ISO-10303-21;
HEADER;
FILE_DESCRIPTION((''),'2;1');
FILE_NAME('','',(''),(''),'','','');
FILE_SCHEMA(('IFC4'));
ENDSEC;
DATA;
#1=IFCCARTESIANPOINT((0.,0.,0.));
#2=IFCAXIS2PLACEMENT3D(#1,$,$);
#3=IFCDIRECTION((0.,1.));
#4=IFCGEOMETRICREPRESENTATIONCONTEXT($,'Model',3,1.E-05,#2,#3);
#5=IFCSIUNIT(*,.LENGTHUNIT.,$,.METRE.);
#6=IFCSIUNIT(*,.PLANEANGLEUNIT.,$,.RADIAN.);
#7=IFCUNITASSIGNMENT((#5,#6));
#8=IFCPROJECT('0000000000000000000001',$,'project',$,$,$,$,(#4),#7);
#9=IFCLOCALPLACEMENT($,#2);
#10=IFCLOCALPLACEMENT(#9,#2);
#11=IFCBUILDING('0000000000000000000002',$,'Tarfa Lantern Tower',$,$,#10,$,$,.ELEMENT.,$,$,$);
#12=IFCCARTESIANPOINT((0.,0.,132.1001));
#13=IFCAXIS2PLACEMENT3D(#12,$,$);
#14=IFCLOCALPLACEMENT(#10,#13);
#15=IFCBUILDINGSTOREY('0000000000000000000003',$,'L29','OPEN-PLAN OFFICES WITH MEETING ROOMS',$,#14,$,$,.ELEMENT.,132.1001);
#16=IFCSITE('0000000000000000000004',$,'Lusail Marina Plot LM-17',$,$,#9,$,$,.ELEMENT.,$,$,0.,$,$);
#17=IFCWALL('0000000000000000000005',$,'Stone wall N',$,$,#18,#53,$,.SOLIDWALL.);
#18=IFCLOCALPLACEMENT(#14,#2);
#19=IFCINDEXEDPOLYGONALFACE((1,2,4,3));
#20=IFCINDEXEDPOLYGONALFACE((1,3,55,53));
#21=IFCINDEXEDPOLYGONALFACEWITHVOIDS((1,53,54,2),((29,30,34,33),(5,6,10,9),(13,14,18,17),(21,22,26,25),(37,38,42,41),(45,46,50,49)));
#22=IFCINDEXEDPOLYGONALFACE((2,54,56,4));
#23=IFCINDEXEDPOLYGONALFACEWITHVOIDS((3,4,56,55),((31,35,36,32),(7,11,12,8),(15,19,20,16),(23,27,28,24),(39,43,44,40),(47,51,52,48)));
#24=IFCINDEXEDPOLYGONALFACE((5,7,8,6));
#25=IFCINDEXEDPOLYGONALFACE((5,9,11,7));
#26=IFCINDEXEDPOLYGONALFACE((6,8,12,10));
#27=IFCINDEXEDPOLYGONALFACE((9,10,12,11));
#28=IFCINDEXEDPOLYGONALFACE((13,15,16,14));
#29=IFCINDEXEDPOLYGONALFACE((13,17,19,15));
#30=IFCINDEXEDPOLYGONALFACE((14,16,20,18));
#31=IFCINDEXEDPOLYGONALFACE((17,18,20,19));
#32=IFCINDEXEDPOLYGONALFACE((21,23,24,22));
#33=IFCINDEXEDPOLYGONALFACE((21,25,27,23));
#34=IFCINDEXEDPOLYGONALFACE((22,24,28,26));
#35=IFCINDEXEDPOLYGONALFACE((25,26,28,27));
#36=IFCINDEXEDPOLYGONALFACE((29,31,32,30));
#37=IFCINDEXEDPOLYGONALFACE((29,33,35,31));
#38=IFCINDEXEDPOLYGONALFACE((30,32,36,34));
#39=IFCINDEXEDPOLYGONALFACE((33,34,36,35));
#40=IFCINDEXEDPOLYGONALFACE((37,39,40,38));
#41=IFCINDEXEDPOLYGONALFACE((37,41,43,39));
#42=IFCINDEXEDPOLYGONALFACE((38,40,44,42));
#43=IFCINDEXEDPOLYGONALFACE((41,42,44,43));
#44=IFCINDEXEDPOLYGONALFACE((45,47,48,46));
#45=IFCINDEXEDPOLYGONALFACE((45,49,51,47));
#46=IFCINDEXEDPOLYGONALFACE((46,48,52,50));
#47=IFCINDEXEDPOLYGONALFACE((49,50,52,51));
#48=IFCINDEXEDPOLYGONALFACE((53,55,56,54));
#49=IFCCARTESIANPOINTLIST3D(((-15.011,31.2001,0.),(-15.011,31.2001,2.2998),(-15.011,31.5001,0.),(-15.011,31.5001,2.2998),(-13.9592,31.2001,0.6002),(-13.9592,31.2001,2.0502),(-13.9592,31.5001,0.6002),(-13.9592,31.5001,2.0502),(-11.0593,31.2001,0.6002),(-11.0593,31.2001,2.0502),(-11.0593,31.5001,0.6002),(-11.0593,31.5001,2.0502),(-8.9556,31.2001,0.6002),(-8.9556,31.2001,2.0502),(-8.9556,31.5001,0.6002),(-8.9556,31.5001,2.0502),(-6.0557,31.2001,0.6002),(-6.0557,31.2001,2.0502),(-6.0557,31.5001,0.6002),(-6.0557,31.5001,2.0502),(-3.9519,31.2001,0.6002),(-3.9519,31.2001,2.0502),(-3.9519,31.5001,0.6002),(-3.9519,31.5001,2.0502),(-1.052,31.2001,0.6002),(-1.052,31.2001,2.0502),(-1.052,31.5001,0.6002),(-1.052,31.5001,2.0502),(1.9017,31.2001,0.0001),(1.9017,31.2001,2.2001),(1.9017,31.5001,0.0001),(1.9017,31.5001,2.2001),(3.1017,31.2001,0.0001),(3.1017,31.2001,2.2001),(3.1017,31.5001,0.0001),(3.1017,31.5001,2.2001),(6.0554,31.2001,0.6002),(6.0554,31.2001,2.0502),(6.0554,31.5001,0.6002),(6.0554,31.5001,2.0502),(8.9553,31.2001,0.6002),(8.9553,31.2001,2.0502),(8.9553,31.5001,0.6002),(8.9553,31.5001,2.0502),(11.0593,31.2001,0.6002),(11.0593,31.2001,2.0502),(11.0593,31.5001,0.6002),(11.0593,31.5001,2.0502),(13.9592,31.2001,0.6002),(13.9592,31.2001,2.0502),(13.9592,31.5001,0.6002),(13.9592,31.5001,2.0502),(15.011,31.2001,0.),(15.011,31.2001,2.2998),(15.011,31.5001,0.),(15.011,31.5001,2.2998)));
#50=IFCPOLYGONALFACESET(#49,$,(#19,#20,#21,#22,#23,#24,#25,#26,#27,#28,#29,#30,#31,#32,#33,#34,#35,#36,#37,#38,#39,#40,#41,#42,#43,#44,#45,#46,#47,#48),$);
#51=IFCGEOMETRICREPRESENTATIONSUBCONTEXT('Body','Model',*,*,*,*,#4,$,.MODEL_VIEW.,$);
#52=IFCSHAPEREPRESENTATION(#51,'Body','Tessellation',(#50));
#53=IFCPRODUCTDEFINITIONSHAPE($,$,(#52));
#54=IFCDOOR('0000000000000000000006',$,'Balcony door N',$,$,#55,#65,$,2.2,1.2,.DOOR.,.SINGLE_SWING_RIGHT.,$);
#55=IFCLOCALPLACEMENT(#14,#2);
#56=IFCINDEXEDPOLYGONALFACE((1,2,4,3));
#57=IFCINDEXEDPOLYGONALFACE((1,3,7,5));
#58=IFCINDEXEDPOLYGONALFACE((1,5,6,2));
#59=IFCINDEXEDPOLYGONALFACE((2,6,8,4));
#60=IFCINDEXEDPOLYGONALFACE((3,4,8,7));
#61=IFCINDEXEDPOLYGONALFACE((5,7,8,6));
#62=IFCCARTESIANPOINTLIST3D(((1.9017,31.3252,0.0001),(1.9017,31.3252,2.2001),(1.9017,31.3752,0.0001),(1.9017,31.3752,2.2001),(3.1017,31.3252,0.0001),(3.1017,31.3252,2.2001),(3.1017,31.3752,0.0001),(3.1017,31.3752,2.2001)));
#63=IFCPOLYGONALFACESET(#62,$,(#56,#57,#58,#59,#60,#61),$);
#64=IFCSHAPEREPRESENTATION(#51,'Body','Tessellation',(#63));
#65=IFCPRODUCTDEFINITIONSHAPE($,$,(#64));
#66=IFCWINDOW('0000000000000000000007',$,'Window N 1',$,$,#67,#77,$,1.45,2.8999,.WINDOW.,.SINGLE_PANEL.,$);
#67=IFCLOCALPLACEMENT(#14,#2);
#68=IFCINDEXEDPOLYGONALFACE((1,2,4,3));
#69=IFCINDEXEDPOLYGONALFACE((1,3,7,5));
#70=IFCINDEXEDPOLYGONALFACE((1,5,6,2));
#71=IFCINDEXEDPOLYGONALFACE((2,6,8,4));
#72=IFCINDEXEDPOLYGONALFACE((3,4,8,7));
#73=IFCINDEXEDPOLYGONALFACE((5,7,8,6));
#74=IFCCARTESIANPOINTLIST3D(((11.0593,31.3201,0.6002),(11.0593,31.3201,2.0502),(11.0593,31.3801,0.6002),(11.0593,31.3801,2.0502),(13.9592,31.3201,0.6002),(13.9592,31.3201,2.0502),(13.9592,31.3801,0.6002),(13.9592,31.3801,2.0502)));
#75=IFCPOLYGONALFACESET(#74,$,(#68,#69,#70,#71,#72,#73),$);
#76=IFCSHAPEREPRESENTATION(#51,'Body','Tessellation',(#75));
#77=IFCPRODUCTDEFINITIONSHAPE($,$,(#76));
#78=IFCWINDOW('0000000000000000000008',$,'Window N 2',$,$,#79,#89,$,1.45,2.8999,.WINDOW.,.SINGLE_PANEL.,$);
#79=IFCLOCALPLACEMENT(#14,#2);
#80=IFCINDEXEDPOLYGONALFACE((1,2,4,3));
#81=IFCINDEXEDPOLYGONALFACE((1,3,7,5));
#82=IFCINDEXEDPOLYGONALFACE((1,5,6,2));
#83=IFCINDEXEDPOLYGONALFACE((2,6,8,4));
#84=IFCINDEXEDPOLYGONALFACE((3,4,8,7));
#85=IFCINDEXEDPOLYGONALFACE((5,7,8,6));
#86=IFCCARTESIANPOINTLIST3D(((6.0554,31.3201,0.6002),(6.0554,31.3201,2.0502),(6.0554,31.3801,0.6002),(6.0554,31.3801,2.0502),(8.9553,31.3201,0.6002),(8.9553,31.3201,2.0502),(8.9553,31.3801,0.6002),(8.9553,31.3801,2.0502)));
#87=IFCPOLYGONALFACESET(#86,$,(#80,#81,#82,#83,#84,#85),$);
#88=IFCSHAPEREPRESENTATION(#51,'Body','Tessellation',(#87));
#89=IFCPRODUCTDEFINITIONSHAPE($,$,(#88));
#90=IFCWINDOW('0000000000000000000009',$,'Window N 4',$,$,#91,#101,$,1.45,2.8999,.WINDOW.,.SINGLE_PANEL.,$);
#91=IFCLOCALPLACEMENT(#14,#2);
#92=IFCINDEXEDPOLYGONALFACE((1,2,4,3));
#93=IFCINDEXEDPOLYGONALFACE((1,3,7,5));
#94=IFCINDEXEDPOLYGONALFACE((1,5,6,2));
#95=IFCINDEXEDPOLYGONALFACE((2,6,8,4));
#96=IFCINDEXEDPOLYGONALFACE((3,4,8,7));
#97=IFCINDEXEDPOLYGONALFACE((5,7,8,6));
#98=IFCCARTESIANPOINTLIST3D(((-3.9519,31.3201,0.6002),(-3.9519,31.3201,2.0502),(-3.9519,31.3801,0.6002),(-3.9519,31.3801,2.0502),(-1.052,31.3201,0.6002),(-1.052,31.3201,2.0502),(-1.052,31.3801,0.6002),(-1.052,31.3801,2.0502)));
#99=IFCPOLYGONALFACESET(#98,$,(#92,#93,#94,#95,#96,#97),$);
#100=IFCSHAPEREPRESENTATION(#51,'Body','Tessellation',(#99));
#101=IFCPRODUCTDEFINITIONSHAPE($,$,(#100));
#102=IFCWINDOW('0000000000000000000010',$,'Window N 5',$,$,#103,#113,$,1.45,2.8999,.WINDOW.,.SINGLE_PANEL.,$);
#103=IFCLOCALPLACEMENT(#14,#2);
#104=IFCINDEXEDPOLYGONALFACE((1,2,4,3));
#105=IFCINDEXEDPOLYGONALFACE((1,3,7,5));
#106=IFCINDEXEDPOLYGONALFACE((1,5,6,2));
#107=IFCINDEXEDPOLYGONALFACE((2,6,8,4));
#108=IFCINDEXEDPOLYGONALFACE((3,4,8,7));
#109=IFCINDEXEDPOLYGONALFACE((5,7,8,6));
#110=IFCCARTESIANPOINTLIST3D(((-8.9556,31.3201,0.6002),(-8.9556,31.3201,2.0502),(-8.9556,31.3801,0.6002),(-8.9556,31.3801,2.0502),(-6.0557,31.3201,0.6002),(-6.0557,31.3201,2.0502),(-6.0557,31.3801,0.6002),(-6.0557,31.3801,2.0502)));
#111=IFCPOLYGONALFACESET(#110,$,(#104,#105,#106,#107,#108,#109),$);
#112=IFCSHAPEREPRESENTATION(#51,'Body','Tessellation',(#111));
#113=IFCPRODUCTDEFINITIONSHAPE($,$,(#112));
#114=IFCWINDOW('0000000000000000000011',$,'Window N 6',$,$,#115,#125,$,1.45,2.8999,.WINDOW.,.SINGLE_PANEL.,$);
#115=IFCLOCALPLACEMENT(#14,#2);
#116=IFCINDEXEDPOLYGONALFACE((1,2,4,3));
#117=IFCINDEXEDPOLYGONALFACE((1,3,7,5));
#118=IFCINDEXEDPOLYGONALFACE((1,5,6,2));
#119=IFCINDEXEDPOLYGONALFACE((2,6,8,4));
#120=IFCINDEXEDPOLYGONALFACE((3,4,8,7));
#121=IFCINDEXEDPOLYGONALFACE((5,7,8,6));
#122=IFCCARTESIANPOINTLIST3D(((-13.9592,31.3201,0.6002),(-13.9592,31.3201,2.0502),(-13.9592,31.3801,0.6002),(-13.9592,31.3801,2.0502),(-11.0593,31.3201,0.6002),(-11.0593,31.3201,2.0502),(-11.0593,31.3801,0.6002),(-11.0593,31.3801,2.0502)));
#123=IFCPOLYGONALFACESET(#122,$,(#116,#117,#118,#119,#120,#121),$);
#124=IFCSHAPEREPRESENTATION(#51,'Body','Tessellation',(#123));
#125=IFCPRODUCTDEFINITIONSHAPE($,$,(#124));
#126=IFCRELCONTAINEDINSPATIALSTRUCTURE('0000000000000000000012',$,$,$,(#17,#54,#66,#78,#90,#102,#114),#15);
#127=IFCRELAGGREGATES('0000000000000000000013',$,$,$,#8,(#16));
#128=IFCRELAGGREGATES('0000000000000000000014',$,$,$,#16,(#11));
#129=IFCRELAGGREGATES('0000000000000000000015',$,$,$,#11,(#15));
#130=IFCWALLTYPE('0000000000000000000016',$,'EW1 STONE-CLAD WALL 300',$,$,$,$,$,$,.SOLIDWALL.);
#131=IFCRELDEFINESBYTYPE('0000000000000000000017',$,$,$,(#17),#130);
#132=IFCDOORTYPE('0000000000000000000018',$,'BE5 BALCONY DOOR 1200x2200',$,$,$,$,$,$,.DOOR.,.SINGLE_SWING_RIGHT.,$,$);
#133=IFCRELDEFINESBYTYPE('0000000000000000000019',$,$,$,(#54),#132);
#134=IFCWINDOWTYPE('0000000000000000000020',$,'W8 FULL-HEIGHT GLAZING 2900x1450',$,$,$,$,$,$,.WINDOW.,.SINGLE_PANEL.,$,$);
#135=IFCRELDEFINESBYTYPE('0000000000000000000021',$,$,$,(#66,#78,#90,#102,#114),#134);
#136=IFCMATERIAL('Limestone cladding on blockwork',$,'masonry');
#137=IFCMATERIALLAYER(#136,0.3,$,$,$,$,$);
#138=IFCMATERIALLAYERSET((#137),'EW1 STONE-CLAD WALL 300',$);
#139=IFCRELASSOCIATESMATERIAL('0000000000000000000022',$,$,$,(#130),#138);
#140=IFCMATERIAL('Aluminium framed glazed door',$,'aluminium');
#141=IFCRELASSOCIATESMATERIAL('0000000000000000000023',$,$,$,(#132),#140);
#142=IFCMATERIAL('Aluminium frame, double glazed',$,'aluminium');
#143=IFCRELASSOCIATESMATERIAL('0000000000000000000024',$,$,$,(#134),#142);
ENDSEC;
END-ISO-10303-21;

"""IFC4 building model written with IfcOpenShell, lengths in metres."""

from ifc_helpers import new_model, si_unit, direction, frame, frame_2d, origin, place, context, subcontext, project, spatial, rectangle, extrude, material, layer, layer_set, type_object, element, fill, save


model = new_model("IFC4")

# Units and contexts
model_context = context("Model", 3, precision=1e-05, world=origin(), true_north=direction((0.0, 1.0)))
body_context = subcontext(model_context, "Body", "Model", "MODEL_VIEW")
ifc_project = project(units=[si_unit("LENGTHUNIT", "METRE"), si_unit("PLANEANGLEUNIT", "RADIAN")], contexts=[model_context])

# Site, building, storey
site_placement = place(None, origin())
site = spatial("IfcSite", under=ifc_project, at=site_placement, Name="Lusail Marina Plot LM-17", CompositionType="ELEMENT", RefElevation=0.0)
building_placement = place(site_placement, origin())
building = spatial("IfcBuilding", under=site, at=building_placement, Name="Tarfa Lantern Tower", CompositionType="ELEMENT")
storey_placement = place(building_placement, frame((0.0, 0.0, 132.1001)))
storey = spatial("IfcBuildingStorey", under=building, at=storey_placement, Name="L29", Description="OPEN-PLAN OFFICES WITH MEETING ROOMS", CompositionType="ELEMENT", Elevation=132.1001)

# Wall, openings, door, windows
ifc_material_1 = material(Name="Limestone cladding on blockwork", Category="masonry")
ifc_layer_1 = layer(ifc_material_1, 0.3)
ifc_layer_set_1 = layer_set([ifc_layer_1], Name="EW1 STONE-CLAD WALL 300")
wall_type = type_object("IfcWallType", Name="EW1 STONE-CLAD WALL 300", PredefinedType="SOLIDWALL", material=ifc_layer_set_1)
wall_placement = place(storey_placement, frame((15.011, 31.3501, 0.0), z_axis=(0.0, 0.0, 1.0), x_axis=(-1.0, 0.0, 0.0)))
wall = element("IfcWall", 1, at=wall_placement, inside=storey, type_object=wall_type, Name="Stone wall N", PredefinedType="SOLIDWALL", context=body_context, shape_type="SweptSolid", body=[
    extrude(rectangle(XDim=30.022, YDim=0.3, at=frame_2d((15.011, 0.0))), origin(), (0.0, 0.0, 1.0), 2.2998),
])
opening_1_placement = place(wall_placement, frame((1.0518, 0.0, 0.6001)))
opening_1 = element("IfcOpeningElement", 2, at=opening_1_placement, cuts=wall, PredefinedType="OPENING", context=body_context, shape_type="SweptSolid", body=[
    extrude(rectangle(XDim=2.8999, YDim=1.45, at=frame_2d((1.45, 0.7251))), frame((0.0, 0.1599, 0.0), z_axis=(0.0, -1.0, 0.0), x_axis=(1.0, 0.0, 0.0)), (0.0, 0.0, 1.0), 0.3201),
])
opening_2_placement = place(wall_placement, frame((6.0557, 0.0, 0.6001)))
opening_2 = element("IfcOpeningElement", 3, at=opening_2_placement, cuts=wall, PredefinedType="OPENING", context=body_context, shape_type="SweptSolid", body=[
    extrude(rectangle(XDim=2.8999, YDim=1.45, at=frame_2d((1.45, 0.7251))), frame((0.0, 0.1599, 0.0), z_axis=(0.0, -1.0, 0.0), x_axis=(1.0, 0.0, 0.0)), (0.0, 0.0, 1.0), 0.3201),
])
opening_3_placement = place(wall_placement, frame((11.9092, 0.0, 0.0)))
opening_3 = element("IfcOpeningElement", 4, at=opening_3_placement, cuts=wall, PredefinedType="OPENING", context=body_context, shape_type="SweptSolid", body=[
    extrude(rectangle(XDim=1.2, YDim=2.2, at=frame_2d((0.6001, 1.1001))), frame((0.0, 0.1599, 0.0), z_axis=(0.0, -1.0, 0.0), x_axis=(1.0, 0.0, 0.0)), (0.0, 0.0, 1.0), 0.3201),
])
opening_4_placement = place(wall_placement, frame((16.063, 0.0, 0.6001)))
opening_4 = element("IfcOpeningElement", 5, at=opening_4_placement, cuts=wall, PredefinedType="OPENING", context=body_context, shape_type="SweptSolid", body=[
    extrude(rectangle(XDim=2.8999, YDim=1.45, at=frame_2d((1.45, 0.7251))), frame((0.0, 0.1599, 0.0), z_axis=(0.0, -1.0, 0.0), x_axis=(1.0, 0.0, 0.0)), (0.0, 0.0, 1.0), 0.3201),
])
opening_5_placement = place(wall_placement, frame((21.0667, 0.0, 0.6001)))
opening_5 = element("IfcOpeningElement", 6, at=opening_5_placement, cuts=wall, PredefinedType="OPENING", context=body_context, shape_type="SweptSolid", body=[
    extrude(rectangle(XDim=2.8999, YDim=1.45, at=frame_2d((1.45, 0.7251))), frame((0.0, 0.1599, 0.0), z_axis=(0.0, -1.0, 0.0), x_axis=(1.0, 0.0, 0.0)), (0.0, 0.0, 1.0), 0.3201),
])
opening_6_placement = place(wall_placement, frame((26.0703, 0.0, 0.6001)))
opening_6 = element("IfcOpeningElement", 7, at=opening_6_placement, cuts=wall, PredefinedType="OPENING", context=body_context, shape_type="SweptSolid", body=[
    extrude(rectangle(XDim=2.8999, YDim=1.45, at=frame_2d((1.45, 0.7251))), frame((0.0, 0.1599, 0.0), z_axis=(0.0, -1.0, 0.0), x_axis=(1.0, 0.0, 0.0)), (0.0, 0.0, 1.0), 0.3201),
])
ifc_material_2 = material(Name="Aluminium framed glazed door", Category="aluminium")
door_type = type_object("IfcDoorType", Name="BE5 BALCONY DOOR 1200x2200", OperationType="SINGLE_SWING_RIGHT", PredefinedType="DOOR", material=ifc_material_2)
door_placement = place(opening_3_placement, origin())
door = element("IfcDoor", 8, at=door_placement, inside=storey, type_object=door_type, Name="Balcony door N", OperationType="SINGLE_SWING_RIGHT", OverallHeight=2.2, OverallWidth=1.2, PredefinedType="DOOR", context=body_context, shape_type="SweptSolid", body=[
    extrude(rectangle(XDim=1.2, YDim=2.2, at=frame_2d((0.6001, 1.1001))), frame((0.0, 0.0249, 0.0), z_axis=(0.0, -1.0, 0.0), x_axis=(1.0, 0.0, 0.0)), (0.0, 0.0, 1.0), 0.05),
])
fill(opening_3, door)
ifc_material_3 = material(Name="Aluminium frame, double glazed", Category="aluminium")
window_type = type_object("IfcWindowType", Name="W8 FULL-HEIGHT GLAZING 2900x1450", PartitioningType="SINGLE_PANEL", PredefinedType="WINDOW", material=ifc_material_3)
window_1_placement = place(opening_1_placement, origin())
window_1 = element("IfcWindow", 9, at=window_1_placement, inside=storey, type_object=window_type, Name="Window N 1", OverallHeight=1.45, OverallWidth=2.8999, PartitioningType="SINGLE_PANEL", PredefinedType="WINDOW", context=body_context, shape_type="SweptSolid", body=[
    extrude(rectangle(XDim=2.8999, YDim=1.45, at=frame_2d((1.45, 0.7251))), frame((0.0, 0.03, 0.0), z_axis=(0.0, -1.0, 0.0), x_axis=(1.0, 0.0, 0.0)), (0.0, 0.0, 1.0), 0.0601),
])
fill(opening_1, window_1)
window_2_placement = place(opening_2_placement, origin())
window_2 = element("IfcWindow", 10, at=window_2_placement, inside=storey, type_object=window_type, Name="Window N 2", OverallHeight=1.45, OverallWidth=2.8999, PartitioningType="SINGLE_PANEL", PredefinedType="WINDOW", context=body_context, shape_type="SweptSolid", body=[
    extrude(rectangle(XDim=2.8999, YDim=1.45, at=frame_2d((1.45, 0.7251))), frame((0.0, 0.03, 0.0), z_axis=(0.0, -1.0, 0.0), x_axis=(1.0, 0.0, 0.0)), (0.0, 0.0, 1.0), 0.0601),
])
fill(opening_2, window_2)
window_3_placement = place(opening_4_placement, origin())
window_3 = element("IfcWindow", 11, at=window_3_placement, inside=storey, type_object=window_type, Name="Window N 4", OverallHeight=1.45, OverallWidth=2.8999, PartitioningType="SINGLE_PANEL", PredefinedType="WINDOW", context=body_context, shape_type="SweptSolid", body=[
    extrude(rectangle(XDim=2.8999, YDim=1.45, at=frame_2d((1.45, 0.7251))), frame((0.0, 0.03, 0.0), z_axis=(0.0, -1.0, 0.0), x_axis=(1.0, 0.0, 0.0)), (0.0, 0.0, 1.0), 0.0601),
])
fill(opening_4, window_3)
window_4_placement = place(opening_5_placement, origin())
window_4 = element("IfcWindow", 12, at=window_4_placement, inside=storey, type_object=window_type, Name="Window N 5", OverallHeight=1.45, OverallWidth=2.8999, PartitioningType="SINGLE_PANEL", PredefinedType="WINDOW", context=body_context, shape_type="SweptSolid", body=[
    extrude(rectangle(XDim=2.8999, YDim=1.45, at=frame_2d((1.45, 0.7251))), frame((0.0, 0.03, 0.0), z_axis=(0.0, -1.0, 0.0), x_axis=(1.0, 0.0, 0.0)), (0.0, 0.0, 1.0), 0.0601),
])
fill(opening_5, window_4)
window_5_placement = place(opening_6_placement, origin())
window_5 = element("IfcWindow", 13, at=window_5_placement, inside=storey, type_object=window_type, Name="Window N 6", OverallHeight=1.45, OverallWidth=2.8999, PartitioningType="SINGLE_PANEL", PredefinedType="WINDOW", context=body_context, shape_type="SweptSolid", body=[
    extrude(rectangle(XDim=2.8999, YDim=1.45, at=frame_2d((1.45, 0.7251))), frame((0.0, 0.03, 0.0), z_axis=(0.0, -1.0, 0.0), x_axis=(1.0, 0.0, 0.0)), (0.0, 0.0, 1.0), 0.0601),
])
fill(opening_6, window_5)

save(model, "model.ifc")
